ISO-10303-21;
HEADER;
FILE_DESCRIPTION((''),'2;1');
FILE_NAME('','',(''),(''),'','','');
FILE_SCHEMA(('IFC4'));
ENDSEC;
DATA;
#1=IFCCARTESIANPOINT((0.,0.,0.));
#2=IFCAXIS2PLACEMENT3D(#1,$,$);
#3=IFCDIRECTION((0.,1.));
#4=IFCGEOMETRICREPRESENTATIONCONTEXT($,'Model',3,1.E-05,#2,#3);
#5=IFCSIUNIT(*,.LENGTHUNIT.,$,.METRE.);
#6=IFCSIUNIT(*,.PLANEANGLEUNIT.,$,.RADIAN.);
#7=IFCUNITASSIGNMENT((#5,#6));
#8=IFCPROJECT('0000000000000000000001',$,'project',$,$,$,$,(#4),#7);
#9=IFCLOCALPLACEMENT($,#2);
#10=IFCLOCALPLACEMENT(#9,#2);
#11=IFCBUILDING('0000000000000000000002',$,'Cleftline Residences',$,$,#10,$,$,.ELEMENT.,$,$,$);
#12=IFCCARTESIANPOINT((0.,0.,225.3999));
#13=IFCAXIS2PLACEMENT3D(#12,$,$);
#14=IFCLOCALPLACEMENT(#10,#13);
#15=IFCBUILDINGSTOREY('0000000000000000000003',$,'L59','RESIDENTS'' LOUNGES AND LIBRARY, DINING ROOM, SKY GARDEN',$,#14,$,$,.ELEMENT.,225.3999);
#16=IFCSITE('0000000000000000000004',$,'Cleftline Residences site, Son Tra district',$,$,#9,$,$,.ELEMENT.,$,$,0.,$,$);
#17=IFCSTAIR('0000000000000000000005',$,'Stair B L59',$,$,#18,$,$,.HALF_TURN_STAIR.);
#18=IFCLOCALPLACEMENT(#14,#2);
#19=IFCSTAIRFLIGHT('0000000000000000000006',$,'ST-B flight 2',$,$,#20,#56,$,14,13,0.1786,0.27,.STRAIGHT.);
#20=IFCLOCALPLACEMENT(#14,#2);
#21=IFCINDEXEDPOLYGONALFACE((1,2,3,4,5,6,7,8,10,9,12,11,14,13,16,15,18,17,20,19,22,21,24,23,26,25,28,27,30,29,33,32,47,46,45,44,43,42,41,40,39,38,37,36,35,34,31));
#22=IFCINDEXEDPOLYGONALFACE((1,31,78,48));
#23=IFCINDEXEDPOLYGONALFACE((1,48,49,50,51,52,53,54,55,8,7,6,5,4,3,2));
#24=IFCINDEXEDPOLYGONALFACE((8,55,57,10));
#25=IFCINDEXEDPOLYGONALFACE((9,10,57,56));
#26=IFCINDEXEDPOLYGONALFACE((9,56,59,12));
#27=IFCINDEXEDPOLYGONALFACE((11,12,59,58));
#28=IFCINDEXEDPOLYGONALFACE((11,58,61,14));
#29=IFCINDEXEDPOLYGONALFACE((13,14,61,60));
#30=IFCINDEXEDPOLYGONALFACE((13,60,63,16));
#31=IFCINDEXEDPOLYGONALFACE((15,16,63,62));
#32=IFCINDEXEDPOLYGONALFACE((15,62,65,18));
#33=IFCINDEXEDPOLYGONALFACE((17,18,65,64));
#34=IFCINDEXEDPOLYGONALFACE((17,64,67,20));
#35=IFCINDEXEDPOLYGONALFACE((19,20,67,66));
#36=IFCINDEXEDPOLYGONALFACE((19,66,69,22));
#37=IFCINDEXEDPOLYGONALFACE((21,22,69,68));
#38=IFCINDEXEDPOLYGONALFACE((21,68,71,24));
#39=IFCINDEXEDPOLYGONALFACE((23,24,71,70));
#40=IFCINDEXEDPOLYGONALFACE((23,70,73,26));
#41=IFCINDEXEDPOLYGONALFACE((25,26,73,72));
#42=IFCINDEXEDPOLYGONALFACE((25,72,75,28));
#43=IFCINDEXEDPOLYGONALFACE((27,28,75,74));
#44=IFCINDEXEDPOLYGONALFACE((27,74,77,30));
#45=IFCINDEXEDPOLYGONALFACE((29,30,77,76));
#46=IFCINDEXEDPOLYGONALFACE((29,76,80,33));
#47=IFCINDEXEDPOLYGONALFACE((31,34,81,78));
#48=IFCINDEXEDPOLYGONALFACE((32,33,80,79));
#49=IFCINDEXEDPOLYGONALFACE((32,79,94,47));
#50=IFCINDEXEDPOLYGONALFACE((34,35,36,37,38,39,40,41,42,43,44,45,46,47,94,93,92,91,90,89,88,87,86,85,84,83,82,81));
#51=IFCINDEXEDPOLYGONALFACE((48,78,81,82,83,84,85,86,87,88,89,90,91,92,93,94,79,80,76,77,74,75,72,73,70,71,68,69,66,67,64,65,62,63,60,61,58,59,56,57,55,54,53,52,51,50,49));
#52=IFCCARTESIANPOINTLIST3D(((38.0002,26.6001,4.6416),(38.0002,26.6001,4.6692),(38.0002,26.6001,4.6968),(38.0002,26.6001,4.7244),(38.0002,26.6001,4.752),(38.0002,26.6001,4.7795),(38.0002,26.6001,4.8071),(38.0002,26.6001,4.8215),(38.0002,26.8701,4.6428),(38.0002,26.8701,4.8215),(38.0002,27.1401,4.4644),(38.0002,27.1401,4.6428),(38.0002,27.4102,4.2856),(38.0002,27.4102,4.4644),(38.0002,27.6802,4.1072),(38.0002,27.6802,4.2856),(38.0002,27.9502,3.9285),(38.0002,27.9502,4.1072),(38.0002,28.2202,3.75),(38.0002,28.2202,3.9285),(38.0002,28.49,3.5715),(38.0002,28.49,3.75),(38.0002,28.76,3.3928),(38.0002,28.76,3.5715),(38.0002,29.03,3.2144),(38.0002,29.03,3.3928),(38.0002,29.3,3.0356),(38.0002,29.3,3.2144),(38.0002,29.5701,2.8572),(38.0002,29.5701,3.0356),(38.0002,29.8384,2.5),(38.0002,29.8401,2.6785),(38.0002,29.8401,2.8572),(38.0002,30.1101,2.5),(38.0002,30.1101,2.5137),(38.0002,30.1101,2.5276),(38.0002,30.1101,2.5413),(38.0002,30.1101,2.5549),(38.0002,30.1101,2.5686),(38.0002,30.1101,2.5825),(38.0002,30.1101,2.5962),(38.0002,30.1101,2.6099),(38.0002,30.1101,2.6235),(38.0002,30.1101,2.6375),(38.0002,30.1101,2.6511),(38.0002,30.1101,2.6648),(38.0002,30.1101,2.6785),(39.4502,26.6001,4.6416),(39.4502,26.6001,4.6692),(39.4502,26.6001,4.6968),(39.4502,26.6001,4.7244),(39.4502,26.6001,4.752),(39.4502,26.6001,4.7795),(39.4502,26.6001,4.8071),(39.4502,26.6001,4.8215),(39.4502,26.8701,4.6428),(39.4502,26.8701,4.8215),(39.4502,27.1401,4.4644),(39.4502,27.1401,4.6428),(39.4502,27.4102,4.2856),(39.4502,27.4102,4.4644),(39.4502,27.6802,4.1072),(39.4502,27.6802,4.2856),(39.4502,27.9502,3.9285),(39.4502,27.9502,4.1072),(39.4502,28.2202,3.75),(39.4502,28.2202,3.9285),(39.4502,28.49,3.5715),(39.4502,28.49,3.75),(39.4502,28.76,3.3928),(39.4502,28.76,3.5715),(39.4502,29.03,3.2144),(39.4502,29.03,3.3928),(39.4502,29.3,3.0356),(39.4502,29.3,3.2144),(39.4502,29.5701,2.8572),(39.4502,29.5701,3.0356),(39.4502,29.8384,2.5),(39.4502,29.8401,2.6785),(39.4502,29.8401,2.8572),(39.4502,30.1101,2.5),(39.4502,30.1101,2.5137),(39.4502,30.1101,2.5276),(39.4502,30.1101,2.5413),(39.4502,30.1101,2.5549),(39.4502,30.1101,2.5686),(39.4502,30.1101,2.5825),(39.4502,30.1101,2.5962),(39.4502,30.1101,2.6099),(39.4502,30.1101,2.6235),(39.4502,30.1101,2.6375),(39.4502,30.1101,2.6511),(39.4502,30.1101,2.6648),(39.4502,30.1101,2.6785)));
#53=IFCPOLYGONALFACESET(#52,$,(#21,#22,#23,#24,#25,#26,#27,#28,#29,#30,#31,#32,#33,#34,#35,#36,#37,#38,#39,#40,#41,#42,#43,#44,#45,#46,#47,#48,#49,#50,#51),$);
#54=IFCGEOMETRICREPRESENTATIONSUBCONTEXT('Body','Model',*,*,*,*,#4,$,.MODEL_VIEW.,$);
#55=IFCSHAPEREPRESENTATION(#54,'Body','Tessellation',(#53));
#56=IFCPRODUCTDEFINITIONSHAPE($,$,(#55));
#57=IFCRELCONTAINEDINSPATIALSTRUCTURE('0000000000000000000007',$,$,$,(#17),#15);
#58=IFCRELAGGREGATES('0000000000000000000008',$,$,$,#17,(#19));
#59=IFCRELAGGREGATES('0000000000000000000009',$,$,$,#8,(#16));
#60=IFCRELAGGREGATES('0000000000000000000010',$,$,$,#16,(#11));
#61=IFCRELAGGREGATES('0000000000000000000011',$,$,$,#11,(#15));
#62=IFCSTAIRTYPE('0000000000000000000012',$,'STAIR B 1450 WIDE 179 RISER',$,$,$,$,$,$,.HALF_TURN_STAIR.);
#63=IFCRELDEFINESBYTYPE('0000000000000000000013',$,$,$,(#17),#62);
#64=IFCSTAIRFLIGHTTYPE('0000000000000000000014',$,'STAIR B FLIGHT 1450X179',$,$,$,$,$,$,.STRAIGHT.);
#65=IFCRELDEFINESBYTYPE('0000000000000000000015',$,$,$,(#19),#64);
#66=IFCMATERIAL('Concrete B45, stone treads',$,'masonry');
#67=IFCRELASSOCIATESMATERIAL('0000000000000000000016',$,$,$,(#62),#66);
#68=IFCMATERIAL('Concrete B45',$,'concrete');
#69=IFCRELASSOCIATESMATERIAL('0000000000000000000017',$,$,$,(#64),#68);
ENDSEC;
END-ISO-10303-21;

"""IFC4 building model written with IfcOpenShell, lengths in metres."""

from ifc_helpers import new_model, si_unit, direction, frame, origin, place, context, subcontext, project, spatial, polyline, outline, extrude, material, type_object, element, aggregate, save


model = new_model("IFC4")

# Units and contexts
model_context = context("Model", 3, precision=1e-05, world=origin(), true_north=direction((0.0, 1.0)))
body_context = subcontext(model_context, "Body", "Model", "MODEL_VIEW")
ifc_project = project(units=[si_unit("LENGTHUNIT", "METRE"), si_unit("PLANEANGLEUNIT", "RADIAN")], contexts=[model_context])

# Site, building, storey
site_placement = place(None, origin())
site = spatial("IfcSite", under=ifc_project, at=site_placement, Name="Cleftline Residences site, Son Tra district", CompositionType="ELEMENT", RefElevation=0.0)
building_placement = place(site_placement, origin())
building = spatial("IfcBuilding", under=site, at=building_placement, Name="Cleftline Residences", CompositionType="ELEMENT")
storey_placement = place(building_placement, frame((0.0, 0.0, 225.3999)))
storey = spatial("IfcBuildingStorey", under=building, at=storey_placement, Name="L59", Description="RESIDENTS' LOUNGES AND LIBRARY, DINING ROOM, SKY GARDEN", CompositionType="ELEMENT", Elevation=225.3999)

# Stair, stair flight
ifc_material_1 = material(Name="Concrete B45, stone treads", Category="masonry")
stair_type = type_object("IfcStairType", Name="STAIR B 1450 WIDE 179 RISER", PredefinedType="HALF_TURN_STAIR", material=ifc_material_1)
stair_placement = place(storey_placement, origin())
stair = element("IfcStair", 1, at=stair_placement, inside=storey, type_object=stair_type, Name="Stair B L59", PredefinedType="HALF_TURN_STAIR")
ifc_material_2 = material(Name="Concrete B45", Category="concrete")
stair_flight_type = type_object("IfcStairFlightType", Name="STAIR B FLIGHT 1450X179", PredefinedType="STRAIGHT", material=ifc_material_2)
stair_flight_1_placement = place(storey_placement, frame((38.7251, 30.1101, 2.5), z_axis=(0.0, 0.0, 1.0), x_axis=(0.0, -1.0, 0.0)))
stair_flight_1 = element("IfcStairFlight", 2, at=stair_flight_1_placement, type_object=stair_flight_type, Name="ST-B flight 2", NumberOfRisers=14, NumberOfTreads=13, PredefinedType="STRAIGHT", RiserHeight=0.1786, TreadLength=0.27, context=body_context, shape_type="SweptSolid", body=[
    extrude(outline(polyline([(0.0, 0.0), (0.0, 0.0137), (0.0, 0.0276), (0.0, 0.0413), (0.0, 0.0549), (0.0, 0.0686), (0.0, 0.0825), (0.0, 0.0962), (0.0, 0.1099), (0.0, 0.1235), (0.0, 0.1375), (0.0, 0.1511), (0.0, 0.1648), (0.0, 0.1785), (0.27, 0.1785), (0.27, 0.3572), (0.54, 0.3572), (0.54, 0.5356), (0.8101, 0.5356), (0.8101, 0.7144), (1.0801, 0.7144), (1.0801, 0.8928), (1.3501, 0.8928), (1.3501, 1.0715), (1.6201, 1.0715), (1.6201, 1.25), (1.8899, 1.25), (1.8899, 1.4285), (2.1599, 1.4285), (2.1599, 1.6072), (2.4299, 1.6072), (2.4299, 1.7856), (2.7, 1.7856), (2.7, 1.9644), (2.97, 1.9644), (2.97, 2.1428), (3.24, 2.1428), (3.24, 2.3215), (3.51, 2.3215), (3.51, 2.5), (3.51, 2.4724), (3.51, 2.4448), (3.51, 2.4172), (3.51, 2.3896), (3.51, 2.3623), (3.51, 2.3347), (3.51, 2.3071), (3.51, 2.2795), (3.51, 2.252), (3.51, 2.2244), (3.51, 2.1968), (3.51, 2.1692), (3.51, 2.1416), (0.2717, 0.0), (0.0, 0.0)])), frame((0.0, 0.7251, 0.0), z_axis=(0.0, -1.0, 0.0), x_axis=(1.0, 0.0, 0.0)), (0.0, 0.0, 1.0), 1.45),
])
aggregate(stair, [stair_flight_1])

save(model, "model.ifc")
